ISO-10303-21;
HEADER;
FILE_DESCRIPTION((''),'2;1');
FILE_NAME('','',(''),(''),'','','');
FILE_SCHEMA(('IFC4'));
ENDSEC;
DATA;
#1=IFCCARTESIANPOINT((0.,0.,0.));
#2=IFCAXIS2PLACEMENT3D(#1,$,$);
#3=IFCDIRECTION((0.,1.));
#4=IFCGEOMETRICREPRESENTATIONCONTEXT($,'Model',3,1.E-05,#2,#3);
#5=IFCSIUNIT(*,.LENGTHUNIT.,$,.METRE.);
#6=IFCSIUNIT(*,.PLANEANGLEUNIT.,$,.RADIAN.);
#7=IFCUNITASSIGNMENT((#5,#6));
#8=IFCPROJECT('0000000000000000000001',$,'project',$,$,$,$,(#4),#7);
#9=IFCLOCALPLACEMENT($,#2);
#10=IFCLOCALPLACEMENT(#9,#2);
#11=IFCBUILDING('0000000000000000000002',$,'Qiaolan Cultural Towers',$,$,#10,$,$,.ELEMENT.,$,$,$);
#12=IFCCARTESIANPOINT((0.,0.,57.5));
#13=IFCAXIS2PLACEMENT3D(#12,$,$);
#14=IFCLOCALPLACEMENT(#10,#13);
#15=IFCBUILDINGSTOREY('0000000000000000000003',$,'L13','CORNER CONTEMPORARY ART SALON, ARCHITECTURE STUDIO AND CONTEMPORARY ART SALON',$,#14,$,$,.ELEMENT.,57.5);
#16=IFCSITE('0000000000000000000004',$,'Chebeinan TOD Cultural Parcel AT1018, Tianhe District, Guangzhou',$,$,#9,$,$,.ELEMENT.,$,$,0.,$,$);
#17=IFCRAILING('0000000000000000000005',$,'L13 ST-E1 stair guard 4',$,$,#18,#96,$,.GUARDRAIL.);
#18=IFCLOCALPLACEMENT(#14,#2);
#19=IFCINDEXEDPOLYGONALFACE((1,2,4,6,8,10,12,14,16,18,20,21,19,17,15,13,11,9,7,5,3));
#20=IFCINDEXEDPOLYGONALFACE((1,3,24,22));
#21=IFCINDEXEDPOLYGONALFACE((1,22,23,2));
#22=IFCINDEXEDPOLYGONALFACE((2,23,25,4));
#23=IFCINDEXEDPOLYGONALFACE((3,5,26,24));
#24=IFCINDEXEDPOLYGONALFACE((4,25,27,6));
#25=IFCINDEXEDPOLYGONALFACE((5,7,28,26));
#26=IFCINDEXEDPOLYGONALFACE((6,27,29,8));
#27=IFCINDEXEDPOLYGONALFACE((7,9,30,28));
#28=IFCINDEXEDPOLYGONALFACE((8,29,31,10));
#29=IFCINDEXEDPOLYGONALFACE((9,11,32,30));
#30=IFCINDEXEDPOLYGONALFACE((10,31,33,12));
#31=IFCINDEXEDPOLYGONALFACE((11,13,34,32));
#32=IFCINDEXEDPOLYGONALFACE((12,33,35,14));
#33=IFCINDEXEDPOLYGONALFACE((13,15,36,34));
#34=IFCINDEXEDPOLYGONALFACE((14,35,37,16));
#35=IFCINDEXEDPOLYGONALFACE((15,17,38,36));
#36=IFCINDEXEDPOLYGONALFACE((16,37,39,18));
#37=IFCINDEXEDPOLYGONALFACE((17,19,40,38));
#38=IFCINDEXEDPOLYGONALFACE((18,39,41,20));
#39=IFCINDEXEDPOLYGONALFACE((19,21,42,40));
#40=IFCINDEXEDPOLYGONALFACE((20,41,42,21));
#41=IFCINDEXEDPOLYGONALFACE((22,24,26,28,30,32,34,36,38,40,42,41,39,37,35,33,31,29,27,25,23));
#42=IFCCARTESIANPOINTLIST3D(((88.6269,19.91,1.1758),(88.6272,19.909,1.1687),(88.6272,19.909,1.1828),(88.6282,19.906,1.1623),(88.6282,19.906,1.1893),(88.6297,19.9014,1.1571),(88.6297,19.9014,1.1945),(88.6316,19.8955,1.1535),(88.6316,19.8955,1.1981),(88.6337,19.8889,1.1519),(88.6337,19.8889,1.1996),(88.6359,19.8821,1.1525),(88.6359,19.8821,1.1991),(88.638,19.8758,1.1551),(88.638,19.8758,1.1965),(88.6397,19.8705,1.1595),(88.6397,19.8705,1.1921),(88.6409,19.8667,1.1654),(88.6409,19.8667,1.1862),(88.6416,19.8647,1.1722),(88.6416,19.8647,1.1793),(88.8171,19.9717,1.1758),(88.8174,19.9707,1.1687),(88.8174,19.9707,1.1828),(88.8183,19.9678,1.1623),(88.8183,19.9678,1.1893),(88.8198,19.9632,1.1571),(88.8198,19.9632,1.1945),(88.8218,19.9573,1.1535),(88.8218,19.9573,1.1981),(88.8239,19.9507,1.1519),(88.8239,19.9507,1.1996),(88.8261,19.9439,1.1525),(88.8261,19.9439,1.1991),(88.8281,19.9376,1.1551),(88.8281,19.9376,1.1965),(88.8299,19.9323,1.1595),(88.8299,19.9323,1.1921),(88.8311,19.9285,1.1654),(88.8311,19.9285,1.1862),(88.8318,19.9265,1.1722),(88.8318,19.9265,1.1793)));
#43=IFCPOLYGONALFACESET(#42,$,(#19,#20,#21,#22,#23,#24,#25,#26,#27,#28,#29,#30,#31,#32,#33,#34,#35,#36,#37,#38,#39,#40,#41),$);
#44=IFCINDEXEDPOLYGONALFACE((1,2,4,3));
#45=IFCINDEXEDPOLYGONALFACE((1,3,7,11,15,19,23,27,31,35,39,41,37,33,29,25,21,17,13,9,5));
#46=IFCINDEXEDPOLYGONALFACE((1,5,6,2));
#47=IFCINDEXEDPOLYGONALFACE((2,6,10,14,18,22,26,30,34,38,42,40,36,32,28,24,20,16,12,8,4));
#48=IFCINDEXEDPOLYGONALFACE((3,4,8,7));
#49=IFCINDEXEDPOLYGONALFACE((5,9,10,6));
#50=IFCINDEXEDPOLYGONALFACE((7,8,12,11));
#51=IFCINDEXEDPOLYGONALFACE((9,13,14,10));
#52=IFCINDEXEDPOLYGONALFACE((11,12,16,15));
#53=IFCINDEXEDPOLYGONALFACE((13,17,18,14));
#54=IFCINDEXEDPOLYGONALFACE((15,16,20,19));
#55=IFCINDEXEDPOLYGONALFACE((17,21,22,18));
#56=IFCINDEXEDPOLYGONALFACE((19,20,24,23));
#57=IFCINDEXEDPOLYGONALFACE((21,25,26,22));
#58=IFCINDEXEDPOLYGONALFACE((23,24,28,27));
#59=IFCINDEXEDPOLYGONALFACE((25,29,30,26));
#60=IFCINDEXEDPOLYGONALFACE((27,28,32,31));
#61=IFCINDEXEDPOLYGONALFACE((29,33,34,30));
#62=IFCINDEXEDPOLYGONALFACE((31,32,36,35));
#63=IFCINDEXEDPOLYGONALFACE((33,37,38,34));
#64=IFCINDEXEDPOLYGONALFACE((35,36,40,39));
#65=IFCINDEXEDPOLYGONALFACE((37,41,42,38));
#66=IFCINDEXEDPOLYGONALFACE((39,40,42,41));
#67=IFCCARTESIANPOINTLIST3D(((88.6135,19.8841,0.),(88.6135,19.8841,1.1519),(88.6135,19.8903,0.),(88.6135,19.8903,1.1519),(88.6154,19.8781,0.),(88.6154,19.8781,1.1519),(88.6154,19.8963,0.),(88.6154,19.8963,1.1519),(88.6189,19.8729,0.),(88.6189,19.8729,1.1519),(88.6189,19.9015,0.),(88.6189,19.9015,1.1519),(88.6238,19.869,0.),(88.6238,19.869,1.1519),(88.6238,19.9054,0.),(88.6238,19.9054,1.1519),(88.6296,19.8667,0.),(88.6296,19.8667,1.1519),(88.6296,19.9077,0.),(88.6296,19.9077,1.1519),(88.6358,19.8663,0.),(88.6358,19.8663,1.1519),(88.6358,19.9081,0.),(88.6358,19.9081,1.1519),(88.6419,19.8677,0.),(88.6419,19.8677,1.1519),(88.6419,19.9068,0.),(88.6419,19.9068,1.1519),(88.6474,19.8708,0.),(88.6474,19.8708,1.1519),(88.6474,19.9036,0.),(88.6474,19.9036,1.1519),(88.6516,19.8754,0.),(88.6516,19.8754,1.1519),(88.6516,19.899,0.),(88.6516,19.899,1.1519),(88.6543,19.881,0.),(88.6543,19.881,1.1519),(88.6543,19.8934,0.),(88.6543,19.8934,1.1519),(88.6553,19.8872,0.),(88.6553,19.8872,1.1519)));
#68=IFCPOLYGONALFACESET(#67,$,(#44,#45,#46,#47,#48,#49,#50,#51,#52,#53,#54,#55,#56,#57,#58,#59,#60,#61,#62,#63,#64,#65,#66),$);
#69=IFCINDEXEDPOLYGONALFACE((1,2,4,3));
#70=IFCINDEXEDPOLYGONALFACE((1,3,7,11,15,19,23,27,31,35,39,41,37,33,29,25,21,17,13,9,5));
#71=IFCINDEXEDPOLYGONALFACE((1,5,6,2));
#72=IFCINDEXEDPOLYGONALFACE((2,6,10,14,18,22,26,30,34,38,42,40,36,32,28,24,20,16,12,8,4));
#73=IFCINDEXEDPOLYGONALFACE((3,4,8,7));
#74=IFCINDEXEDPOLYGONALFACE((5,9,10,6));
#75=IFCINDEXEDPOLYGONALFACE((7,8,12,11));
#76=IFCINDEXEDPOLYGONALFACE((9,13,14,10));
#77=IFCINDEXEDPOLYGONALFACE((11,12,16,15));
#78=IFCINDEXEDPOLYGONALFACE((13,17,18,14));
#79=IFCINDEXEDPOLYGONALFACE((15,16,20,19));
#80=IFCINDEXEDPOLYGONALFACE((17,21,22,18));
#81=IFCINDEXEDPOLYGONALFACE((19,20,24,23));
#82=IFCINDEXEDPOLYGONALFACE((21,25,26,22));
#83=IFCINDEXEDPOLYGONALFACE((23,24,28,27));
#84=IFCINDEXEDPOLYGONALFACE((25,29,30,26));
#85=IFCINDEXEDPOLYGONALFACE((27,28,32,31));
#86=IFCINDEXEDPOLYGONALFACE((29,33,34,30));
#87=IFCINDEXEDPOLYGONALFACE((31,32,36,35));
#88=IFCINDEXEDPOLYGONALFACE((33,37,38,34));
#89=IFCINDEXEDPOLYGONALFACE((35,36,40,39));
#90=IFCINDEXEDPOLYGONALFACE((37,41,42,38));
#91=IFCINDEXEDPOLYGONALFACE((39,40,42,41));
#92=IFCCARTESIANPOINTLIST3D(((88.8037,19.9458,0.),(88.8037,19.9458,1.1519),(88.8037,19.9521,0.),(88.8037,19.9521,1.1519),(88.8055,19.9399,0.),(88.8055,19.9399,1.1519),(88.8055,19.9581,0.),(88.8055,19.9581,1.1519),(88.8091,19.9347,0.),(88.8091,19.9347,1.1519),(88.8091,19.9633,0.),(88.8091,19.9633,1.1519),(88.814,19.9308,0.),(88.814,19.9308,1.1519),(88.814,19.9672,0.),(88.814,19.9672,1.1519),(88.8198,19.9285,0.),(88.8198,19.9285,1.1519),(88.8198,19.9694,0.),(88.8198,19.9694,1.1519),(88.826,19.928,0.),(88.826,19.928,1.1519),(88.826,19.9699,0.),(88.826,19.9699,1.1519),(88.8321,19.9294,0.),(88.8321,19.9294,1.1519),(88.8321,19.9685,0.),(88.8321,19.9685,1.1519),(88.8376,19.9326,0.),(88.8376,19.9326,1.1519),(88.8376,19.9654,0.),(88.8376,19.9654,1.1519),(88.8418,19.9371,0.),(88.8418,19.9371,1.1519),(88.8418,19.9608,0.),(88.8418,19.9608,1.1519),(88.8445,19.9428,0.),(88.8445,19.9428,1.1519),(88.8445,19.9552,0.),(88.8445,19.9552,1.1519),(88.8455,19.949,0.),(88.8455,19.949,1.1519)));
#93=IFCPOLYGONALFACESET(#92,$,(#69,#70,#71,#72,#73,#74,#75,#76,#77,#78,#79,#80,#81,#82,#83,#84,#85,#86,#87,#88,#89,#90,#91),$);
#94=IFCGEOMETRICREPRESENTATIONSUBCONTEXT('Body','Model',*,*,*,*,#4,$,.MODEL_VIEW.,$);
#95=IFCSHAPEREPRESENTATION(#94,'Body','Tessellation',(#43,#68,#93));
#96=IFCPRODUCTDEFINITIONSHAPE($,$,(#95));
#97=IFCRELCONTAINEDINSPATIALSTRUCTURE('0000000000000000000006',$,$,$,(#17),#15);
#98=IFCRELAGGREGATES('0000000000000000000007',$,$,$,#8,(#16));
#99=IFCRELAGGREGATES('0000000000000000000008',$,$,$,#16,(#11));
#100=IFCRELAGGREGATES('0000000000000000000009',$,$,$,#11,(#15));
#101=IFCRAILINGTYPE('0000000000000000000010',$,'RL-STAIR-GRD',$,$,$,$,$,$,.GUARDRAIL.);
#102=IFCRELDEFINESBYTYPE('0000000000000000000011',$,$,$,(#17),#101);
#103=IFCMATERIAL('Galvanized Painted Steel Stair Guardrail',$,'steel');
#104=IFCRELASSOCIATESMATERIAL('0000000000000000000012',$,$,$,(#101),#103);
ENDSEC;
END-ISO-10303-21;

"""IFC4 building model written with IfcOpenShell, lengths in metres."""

from ifc_helpers import new_model, si_unit, direction, frame, origin, origin_2d, place, context, subcontext, project, spatial, circle, extrude, material, type_object, element, save


model = new_model("IFC4")

# Units and contexts
model_context = context("Model", 3, precision=1e-05, world=origin(), true_north=direction((0.0, 1.0)))
body_context = subcontext(model_context, "Body", "Model", "MODEL_VIEW")
ifc_project = project(units=[si_unit("LENGTHUNIT", "METRE"), si_unit("PLANEANGLEUNIT", "RADIAN")], contexts=[model_context])

# Site, building, storey
site_placement = place(None, origin())
site = spatial("IfcSite", under=ifc_project, at=site_placement, Name="Chebeinan TOD Cultural Parcel AT1018, Tianhe District, Guangzhou", CompositionType="ELEMENT", RefElevation=0.0)
building_placement = place(site_placement, origin())
building = spatial("IfcBuilding", under=site, at=building_placement, Name="Qiaolan Cultural Towers", CompositionType="ELEMENT")
storey_placement = place(building_placement, frame((0.0, 0.0, 57.5)))
storey = spatial("IfcBuildingStorey", under=building, at=storey_placement, Name="L13", Description="CORNER CONTEMPORARY ART SALON, ARCHITECTURE STUDIO AND CONTEMPORARY ART SALON", CompositionType="ELEMENT", Elevation=57.5)

# Railing
ifc_material_1 = material(Name="Galvanized Painted Steel Stair Guardrail", Category="steel")
railing_type_1 = type_object("IfcRailingType", Name="RL-STAIR-GRD", PredefinedType="GUARDRAIL", material=ifc_material_1)
railing_1_placement = place(storey_placement, frame((88.6343, 19.8872, 0.0)))
element("IfcRailing", 1, at=railing_1_placement, inside=storey, type_object=railing_type_1, Name="L13 ST-E1 stair guard 4", PredefinedType="GUARDRAIL", context=body_context, shape_type="SweptSolid", body=[
    extrude(circle(Radius=0.0239, at=origin_2d()), frame((0.0, 0.0, 1.1758), z_axis=(0.951097, 0.308893, 0.0), x_axis=(-0.308893, 0.951097, 0.0)), (0.0, 0.0, 1.0), 0.2),
    extrude(circle(Radius=0.021, at=origin_2d()), origin(), (0.0, 0.0, 1.0), 1.1519),
    extrude(circle(Radius=0.021, at=origin_2d()), frame((0.1902, 0.0618, 0.0)), (0.0, 0.0, 1.0), 1.1519),
])

save(model, "model.ifc")
